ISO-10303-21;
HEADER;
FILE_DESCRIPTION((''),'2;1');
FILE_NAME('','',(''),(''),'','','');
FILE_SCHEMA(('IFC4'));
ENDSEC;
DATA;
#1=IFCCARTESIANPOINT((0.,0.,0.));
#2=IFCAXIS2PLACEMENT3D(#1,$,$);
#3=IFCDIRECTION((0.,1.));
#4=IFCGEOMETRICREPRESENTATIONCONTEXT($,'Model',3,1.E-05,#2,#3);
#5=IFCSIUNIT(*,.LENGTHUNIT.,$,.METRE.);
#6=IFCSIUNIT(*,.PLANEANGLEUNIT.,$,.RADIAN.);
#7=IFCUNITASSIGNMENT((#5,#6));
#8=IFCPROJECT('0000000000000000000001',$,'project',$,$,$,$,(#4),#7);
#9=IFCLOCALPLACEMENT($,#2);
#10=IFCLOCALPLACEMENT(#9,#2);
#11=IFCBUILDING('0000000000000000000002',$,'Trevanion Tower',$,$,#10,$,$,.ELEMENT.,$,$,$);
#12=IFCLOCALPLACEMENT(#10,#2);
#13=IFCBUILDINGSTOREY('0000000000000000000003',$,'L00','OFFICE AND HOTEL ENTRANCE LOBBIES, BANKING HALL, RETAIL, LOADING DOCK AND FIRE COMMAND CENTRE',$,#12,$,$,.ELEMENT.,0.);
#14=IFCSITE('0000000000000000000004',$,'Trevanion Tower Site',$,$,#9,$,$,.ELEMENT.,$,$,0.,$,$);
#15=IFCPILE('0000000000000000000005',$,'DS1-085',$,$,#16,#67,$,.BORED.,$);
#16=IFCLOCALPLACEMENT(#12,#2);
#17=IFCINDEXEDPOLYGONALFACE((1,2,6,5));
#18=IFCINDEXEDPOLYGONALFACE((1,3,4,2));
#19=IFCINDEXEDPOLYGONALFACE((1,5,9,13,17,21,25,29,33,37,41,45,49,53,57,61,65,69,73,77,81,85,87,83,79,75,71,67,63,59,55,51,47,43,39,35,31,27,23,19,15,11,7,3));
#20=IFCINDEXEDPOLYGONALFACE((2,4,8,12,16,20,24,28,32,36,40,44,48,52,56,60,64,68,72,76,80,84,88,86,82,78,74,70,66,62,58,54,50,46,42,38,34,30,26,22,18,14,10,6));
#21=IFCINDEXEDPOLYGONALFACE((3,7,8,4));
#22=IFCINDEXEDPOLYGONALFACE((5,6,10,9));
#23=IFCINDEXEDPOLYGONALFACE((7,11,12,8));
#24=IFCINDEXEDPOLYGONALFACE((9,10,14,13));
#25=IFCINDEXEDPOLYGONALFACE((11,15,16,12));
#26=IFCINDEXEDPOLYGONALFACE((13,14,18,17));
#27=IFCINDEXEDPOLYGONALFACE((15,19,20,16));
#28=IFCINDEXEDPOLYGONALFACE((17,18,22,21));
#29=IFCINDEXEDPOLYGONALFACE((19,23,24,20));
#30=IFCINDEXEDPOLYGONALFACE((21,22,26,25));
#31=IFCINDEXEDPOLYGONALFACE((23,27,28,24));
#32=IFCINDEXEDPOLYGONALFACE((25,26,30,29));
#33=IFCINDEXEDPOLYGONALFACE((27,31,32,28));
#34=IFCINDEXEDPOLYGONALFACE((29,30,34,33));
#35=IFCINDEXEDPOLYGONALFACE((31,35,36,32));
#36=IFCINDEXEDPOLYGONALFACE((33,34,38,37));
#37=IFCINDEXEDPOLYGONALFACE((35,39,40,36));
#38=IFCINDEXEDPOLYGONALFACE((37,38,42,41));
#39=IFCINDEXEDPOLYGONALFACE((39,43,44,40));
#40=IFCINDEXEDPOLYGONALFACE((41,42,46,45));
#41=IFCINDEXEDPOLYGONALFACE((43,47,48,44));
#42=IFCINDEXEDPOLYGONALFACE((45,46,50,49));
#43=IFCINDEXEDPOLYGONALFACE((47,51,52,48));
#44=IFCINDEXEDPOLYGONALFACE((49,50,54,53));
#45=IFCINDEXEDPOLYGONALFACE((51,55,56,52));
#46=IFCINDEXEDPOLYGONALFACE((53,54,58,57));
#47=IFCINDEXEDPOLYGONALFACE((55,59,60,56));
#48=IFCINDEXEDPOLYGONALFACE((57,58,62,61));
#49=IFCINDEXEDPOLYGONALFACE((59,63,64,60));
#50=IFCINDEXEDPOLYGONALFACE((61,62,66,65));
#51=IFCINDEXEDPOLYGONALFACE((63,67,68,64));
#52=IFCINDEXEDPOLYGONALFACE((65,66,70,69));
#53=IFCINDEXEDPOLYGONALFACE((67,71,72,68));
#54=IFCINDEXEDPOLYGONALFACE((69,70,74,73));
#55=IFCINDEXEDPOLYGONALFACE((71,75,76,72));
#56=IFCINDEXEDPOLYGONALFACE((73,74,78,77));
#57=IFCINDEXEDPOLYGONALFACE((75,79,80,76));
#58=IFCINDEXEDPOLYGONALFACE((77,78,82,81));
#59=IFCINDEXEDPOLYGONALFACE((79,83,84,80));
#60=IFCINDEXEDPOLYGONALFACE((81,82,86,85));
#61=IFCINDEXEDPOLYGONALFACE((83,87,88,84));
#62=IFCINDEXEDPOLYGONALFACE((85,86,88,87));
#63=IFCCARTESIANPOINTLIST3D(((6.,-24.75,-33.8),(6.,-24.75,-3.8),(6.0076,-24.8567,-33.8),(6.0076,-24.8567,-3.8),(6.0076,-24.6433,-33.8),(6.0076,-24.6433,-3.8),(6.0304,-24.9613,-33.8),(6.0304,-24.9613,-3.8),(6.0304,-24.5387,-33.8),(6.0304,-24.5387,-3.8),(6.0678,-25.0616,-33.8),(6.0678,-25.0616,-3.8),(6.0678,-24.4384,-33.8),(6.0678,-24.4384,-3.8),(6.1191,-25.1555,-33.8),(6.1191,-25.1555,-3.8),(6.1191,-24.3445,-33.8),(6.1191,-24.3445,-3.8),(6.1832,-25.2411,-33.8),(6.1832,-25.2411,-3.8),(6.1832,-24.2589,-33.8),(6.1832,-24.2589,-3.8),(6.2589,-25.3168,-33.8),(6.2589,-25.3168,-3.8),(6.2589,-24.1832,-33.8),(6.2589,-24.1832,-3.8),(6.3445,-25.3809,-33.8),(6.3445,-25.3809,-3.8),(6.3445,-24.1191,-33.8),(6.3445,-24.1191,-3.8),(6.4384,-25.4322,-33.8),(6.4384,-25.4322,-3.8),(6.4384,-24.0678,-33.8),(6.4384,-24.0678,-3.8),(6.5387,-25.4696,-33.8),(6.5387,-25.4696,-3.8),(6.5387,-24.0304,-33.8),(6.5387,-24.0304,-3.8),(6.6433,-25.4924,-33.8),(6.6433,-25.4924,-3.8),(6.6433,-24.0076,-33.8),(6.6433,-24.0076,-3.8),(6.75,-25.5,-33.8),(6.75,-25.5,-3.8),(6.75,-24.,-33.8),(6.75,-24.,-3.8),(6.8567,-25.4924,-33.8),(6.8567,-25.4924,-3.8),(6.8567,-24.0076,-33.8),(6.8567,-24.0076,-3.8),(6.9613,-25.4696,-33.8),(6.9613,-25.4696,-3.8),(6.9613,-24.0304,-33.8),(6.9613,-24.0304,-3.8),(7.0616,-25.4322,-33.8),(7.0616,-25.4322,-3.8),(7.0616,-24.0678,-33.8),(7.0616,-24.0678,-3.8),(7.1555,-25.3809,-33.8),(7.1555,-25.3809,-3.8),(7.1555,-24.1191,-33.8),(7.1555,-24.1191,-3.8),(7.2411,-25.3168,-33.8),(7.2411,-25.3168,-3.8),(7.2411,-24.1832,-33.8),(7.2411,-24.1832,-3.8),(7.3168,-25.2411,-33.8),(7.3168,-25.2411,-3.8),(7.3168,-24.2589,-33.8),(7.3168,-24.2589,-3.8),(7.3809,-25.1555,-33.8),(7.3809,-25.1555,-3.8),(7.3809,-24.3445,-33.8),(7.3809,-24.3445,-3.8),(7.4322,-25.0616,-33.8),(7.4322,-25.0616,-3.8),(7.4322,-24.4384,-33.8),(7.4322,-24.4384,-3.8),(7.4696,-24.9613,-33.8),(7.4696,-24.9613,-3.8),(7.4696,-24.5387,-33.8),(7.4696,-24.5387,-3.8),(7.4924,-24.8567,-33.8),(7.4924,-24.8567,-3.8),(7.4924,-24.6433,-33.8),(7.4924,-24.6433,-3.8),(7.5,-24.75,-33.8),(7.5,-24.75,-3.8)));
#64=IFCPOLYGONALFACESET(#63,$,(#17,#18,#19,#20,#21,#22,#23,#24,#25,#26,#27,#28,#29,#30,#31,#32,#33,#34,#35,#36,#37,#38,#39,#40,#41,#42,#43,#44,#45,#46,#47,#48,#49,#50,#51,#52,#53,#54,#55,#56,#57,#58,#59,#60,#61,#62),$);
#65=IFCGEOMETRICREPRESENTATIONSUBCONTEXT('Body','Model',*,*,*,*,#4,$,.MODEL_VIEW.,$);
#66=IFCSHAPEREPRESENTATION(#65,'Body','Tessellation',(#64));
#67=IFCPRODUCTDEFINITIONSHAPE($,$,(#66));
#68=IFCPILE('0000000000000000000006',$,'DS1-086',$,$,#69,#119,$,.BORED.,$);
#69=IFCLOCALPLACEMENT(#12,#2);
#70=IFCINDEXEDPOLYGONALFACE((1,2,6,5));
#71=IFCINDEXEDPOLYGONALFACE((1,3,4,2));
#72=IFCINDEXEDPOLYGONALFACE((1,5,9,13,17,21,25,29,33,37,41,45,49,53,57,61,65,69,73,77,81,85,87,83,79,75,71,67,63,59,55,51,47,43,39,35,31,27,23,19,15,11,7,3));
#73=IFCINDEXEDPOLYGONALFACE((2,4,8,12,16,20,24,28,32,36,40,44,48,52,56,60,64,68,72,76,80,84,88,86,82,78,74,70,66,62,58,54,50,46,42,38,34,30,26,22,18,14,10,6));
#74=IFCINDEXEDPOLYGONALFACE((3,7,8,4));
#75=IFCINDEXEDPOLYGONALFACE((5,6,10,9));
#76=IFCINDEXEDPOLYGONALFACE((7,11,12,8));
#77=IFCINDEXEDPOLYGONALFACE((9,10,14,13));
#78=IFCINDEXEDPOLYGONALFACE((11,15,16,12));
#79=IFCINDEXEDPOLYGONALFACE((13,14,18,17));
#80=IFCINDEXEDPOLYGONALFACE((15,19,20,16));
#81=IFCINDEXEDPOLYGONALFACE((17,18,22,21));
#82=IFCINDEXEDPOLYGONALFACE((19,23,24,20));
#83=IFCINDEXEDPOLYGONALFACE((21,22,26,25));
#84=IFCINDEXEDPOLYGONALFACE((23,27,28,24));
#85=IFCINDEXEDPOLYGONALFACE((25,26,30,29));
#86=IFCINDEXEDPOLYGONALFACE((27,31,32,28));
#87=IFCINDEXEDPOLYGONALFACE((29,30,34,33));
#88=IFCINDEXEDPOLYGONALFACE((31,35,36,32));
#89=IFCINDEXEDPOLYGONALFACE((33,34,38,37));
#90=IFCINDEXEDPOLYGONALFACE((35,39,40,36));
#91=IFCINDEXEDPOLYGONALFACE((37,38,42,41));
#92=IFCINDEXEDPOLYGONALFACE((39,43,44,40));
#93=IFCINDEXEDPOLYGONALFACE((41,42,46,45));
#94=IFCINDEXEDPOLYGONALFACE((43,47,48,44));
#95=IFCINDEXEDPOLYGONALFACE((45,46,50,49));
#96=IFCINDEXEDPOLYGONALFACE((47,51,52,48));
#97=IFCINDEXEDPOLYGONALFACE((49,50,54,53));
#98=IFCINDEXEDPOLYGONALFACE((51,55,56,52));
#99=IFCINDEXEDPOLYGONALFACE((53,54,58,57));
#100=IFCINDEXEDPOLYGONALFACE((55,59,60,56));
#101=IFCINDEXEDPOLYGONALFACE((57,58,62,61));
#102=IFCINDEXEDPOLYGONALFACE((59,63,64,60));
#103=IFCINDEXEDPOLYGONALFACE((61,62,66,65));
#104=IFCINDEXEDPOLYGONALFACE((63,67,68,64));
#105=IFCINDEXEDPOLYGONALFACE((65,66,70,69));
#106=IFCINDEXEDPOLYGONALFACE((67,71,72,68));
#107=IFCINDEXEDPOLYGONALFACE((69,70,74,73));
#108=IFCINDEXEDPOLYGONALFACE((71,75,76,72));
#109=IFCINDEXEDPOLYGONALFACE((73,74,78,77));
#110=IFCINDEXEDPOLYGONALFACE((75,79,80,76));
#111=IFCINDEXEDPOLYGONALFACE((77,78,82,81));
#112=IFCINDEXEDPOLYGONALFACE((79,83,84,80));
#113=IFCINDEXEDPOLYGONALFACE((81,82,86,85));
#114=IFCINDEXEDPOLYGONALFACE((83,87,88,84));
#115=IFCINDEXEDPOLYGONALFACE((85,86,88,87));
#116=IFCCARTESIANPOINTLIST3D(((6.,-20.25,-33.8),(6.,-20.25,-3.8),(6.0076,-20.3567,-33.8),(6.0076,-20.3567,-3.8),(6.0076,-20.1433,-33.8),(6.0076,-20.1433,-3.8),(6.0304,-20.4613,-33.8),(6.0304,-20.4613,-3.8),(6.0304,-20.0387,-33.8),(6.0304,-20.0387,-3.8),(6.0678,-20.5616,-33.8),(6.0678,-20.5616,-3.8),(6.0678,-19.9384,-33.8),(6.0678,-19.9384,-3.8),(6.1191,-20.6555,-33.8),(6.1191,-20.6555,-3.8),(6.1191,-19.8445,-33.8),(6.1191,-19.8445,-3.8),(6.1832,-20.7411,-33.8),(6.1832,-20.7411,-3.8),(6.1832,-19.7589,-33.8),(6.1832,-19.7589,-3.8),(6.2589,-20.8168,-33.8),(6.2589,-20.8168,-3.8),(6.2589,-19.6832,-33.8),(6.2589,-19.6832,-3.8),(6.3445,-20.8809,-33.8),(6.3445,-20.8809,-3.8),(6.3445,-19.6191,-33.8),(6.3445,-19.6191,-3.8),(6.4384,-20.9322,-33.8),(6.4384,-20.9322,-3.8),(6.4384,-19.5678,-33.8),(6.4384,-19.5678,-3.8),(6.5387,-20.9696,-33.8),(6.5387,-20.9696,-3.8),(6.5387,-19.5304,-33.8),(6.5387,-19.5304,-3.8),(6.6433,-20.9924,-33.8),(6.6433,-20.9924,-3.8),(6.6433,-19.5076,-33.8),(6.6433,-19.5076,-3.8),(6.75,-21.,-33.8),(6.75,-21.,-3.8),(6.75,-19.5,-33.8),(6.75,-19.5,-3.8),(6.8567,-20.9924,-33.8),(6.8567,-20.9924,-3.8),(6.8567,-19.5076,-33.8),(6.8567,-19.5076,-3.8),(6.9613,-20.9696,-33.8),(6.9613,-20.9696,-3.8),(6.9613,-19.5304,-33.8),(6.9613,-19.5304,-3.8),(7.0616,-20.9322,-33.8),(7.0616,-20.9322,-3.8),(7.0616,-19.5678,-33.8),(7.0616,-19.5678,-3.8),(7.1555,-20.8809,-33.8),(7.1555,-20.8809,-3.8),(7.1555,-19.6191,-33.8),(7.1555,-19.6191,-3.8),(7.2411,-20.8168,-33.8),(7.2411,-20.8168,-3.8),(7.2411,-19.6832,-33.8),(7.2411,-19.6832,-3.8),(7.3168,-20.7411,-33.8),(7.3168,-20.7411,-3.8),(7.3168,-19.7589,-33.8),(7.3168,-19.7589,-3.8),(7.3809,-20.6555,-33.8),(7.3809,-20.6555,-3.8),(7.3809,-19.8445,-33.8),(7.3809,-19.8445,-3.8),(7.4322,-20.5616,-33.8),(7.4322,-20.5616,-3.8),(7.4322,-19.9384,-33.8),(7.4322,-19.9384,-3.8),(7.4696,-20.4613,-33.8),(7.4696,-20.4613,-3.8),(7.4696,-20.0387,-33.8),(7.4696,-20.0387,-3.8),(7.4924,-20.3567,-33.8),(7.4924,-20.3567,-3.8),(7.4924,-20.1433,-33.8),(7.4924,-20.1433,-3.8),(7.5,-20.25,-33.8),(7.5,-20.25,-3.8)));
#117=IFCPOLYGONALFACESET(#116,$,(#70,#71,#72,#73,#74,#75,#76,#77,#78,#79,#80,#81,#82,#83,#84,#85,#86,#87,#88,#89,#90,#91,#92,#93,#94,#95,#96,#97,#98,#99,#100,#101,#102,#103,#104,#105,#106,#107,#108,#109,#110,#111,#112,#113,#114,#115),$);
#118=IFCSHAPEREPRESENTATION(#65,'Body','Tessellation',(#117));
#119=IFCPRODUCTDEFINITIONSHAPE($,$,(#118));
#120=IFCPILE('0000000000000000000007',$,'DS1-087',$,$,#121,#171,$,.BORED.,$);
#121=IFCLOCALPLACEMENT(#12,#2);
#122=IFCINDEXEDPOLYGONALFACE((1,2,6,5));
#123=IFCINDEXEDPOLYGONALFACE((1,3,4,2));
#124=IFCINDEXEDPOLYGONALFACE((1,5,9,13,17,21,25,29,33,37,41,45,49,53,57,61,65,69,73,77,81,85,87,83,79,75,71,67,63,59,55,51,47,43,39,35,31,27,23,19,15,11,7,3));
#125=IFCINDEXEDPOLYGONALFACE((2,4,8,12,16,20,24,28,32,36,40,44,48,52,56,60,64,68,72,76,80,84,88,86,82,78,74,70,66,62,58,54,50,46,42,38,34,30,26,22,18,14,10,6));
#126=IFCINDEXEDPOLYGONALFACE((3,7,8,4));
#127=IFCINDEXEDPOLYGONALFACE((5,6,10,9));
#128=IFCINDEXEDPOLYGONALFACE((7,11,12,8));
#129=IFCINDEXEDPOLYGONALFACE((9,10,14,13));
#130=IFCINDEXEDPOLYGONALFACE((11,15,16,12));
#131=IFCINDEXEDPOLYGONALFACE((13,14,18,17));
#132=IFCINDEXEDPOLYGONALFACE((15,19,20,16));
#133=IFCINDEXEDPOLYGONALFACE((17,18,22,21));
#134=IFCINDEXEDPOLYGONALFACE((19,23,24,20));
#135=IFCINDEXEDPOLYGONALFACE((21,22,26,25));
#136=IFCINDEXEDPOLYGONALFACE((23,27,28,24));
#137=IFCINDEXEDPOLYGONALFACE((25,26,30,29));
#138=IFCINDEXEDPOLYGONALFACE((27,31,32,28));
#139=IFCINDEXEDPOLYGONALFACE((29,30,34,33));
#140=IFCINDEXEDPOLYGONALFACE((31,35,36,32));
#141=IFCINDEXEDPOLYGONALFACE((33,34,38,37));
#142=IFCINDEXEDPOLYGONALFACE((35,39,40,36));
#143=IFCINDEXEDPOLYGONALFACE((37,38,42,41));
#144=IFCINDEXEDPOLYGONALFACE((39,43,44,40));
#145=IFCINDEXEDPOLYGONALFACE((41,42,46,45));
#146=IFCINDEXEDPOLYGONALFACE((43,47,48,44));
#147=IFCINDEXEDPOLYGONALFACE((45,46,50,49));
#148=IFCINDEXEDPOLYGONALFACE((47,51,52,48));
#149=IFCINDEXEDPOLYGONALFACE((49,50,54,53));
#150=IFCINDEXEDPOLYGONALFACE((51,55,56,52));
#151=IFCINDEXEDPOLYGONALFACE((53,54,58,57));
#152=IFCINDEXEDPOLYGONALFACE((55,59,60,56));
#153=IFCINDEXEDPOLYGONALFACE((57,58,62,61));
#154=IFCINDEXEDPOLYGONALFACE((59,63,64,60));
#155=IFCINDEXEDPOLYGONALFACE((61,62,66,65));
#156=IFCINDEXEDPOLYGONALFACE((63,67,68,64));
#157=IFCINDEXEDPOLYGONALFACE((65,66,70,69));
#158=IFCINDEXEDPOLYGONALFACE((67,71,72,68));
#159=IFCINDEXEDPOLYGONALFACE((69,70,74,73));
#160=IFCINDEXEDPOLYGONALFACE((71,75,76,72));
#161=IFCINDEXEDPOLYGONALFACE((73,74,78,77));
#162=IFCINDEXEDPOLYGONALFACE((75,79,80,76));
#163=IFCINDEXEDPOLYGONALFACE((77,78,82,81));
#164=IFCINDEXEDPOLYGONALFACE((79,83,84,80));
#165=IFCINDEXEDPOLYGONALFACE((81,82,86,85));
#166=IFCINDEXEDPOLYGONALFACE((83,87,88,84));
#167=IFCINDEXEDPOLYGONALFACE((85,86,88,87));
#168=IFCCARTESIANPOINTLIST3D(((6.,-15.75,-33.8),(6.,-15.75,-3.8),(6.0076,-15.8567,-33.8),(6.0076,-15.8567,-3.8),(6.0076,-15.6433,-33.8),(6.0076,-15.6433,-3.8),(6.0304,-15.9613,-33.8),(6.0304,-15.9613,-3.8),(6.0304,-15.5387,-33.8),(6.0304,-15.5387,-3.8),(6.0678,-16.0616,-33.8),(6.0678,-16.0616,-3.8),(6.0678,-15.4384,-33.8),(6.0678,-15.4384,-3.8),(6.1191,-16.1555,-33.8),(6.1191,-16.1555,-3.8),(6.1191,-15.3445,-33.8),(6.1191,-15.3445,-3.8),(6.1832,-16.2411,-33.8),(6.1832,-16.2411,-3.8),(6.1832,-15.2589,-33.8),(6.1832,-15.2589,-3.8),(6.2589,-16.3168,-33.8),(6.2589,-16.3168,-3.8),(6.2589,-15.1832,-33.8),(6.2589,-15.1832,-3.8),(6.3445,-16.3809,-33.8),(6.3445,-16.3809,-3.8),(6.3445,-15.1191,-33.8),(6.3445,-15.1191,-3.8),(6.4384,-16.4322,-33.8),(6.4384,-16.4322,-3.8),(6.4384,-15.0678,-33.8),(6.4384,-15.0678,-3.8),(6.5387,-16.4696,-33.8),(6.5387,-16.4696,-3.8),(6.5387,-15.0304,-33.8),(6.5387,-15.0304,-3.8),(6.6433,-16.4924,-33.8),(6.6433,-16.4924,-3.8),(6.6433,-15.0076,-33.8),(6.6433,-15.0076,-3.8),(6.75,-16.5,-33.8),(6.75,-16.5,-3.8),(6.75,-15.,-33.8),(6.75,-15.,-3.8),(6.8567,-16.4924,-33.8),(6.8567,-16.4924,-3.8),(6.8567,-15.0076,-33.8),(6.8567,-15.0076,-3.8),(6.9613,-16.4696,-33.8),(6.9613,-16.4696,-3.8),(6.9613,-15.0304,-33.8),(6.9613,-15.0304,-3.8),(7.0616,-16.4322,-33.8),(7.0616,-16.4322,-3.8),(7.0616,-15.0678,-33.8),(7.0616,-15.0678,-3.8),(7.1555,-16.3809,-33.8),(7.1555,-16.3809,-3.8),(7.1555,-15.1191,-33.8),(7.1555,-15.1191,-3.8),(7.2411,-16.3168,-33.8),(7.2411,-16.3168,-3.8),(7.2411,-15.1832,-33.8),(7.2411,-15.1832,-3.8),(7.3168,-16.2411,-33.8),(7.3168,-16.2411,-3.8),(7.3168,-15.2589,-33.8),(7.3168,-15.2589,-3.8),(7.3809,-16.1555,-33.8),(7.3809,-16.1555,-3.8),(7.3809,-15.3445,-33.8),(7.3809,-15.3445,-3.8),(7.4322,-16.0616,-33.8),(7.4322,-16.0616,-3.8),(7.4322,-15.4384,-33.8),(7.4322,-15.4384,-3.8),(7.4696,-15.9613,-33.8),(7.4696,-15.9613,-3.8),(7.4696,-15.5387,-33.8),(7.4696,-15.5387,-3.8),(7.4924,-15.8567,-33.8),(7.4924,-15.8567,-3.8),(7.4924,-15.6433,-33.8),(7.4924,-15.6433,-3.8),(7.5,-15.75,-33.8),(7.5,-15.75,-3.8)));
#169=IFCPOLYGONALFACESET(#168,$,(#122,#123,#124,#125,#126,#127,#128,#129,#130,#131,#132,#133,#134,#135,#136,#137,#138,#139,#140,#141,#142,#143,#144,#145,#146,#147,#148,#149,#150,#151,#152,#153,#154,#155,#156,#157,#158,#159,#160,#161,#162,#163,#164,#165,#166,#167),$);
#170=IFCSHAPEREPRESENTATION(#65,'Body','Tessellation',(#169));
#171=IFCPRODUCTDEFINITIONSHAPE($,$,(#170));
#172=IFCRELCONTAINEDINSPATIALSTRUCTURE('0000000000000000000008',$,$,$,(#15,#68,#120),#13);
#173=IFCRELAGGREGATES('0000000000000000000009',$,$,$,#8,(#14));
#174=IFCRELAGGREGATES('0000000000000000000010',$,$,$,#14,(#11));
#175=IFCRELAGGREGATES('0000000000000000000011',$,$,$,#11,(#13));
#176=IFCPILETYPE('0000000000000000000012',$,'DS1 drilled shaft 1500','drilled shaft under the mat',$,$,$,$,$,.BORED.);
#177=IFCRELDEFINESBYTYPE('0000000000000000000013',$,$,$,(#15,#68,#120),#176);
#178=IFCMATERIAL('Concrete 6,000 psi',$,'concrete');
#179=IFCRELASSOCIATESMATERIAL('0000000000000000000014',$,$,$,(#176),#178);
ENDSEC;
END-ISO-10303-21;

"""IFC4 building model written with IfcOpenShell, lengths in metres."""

from ifc_helpers import new_model, si_unit, direction, frame, origin, origin_2d, place, context, subcontext, project, spatial, circle, extrude, material, material_profile, profile_set, type_object, element, save


model = new_model("IFC4")

# Units and contexts
model_context = context("Model", 3, precision=1e-05, world=origin(), true_north=direction((0.0, 1.0)))
body_context = subcontext(model_context, "Body", "Model", "MODEL_VIEW")
ifc_project = project(units=[si_unit("LENGTHUNIT", "METRE"), si_unit("PLANEANGLEUNIT", "RADIAN")], contexts=[model_context])

# Site, building, storey
site_placement = place(None, origin())
site = spatial("IfcSite", under=ifc_project, at=site_placement, Name="Trevanion Tower Site", CompositionType="ELEMENT", RefElevation=0.0)
building_placement = place(site_placement, origin())
building = spatial("IfcBuilding", under=site, at=building_placement, Name="Trevanion Tower", CompositionType="ELEMENT")
storey_placement = place(building_placement, origin())
storey = spatial("IfcBuildingStorey", under=building, at=storey_placement, Name="L00", Description="OFFICE AND HOTEL ENTRANCE LOBBIES, BANKING HALL, RETAIL, LOADING DOCK AND FIRE COMMAND CENTRE", CompositionType="ELEMENT", Elevation=0.0)

# Piles
ifc_material_1 = material(Name="Concrete 6,000 psi", Category="concrete")
ifc_material_profile_1 = material_profile(ifc_material_1, circle(Radius=0.75, at=origin_2d()), Name="DS1 drilled shaft 1500")
ifc_profile_set_1 = profile_set([ifc_material_profile_1], Name="Concrete 6,000 psi")
pile_type = type_object("IfcPileType", Name="DS1 drilled shaft 1500", Description="drilled shaft under the mat", PredefinedType="BORED", material=ifc_profile_set_1)
for number, where, z_axis, x_axis, name in (
    (1, (6.75, -24.75, -3.8), (0.0, 0.0, -1.0), (1.0, 0.0, 0.0), "DS1-085"),
    (2, (6.75, -20.25, -3.8), (0.0, 0.0, -1.0), (1.0, 0.0, 0.0), "DS1-086"),
    (3, (6.75, -15.75, -3.8), (0.0, 0.0, -1.0), (1.0, 0.0, 0.0), "DS1-087"),
):
    element("IfcPile", number, at=place(storey_placement, frame(where, z_axis=z_axis, x_axis=x_axis)), inside=storey, type_object=pile_type, Name=name, PredefinedType="BORED", context=body_context, shape_type="SweptSolid", body=[
        extrude(circle(Radius=0.75, at=origin_2d()), origin(), (0.0, 0.0, 1.0), 30.0),
    ])

save(model, "model.ifc")
